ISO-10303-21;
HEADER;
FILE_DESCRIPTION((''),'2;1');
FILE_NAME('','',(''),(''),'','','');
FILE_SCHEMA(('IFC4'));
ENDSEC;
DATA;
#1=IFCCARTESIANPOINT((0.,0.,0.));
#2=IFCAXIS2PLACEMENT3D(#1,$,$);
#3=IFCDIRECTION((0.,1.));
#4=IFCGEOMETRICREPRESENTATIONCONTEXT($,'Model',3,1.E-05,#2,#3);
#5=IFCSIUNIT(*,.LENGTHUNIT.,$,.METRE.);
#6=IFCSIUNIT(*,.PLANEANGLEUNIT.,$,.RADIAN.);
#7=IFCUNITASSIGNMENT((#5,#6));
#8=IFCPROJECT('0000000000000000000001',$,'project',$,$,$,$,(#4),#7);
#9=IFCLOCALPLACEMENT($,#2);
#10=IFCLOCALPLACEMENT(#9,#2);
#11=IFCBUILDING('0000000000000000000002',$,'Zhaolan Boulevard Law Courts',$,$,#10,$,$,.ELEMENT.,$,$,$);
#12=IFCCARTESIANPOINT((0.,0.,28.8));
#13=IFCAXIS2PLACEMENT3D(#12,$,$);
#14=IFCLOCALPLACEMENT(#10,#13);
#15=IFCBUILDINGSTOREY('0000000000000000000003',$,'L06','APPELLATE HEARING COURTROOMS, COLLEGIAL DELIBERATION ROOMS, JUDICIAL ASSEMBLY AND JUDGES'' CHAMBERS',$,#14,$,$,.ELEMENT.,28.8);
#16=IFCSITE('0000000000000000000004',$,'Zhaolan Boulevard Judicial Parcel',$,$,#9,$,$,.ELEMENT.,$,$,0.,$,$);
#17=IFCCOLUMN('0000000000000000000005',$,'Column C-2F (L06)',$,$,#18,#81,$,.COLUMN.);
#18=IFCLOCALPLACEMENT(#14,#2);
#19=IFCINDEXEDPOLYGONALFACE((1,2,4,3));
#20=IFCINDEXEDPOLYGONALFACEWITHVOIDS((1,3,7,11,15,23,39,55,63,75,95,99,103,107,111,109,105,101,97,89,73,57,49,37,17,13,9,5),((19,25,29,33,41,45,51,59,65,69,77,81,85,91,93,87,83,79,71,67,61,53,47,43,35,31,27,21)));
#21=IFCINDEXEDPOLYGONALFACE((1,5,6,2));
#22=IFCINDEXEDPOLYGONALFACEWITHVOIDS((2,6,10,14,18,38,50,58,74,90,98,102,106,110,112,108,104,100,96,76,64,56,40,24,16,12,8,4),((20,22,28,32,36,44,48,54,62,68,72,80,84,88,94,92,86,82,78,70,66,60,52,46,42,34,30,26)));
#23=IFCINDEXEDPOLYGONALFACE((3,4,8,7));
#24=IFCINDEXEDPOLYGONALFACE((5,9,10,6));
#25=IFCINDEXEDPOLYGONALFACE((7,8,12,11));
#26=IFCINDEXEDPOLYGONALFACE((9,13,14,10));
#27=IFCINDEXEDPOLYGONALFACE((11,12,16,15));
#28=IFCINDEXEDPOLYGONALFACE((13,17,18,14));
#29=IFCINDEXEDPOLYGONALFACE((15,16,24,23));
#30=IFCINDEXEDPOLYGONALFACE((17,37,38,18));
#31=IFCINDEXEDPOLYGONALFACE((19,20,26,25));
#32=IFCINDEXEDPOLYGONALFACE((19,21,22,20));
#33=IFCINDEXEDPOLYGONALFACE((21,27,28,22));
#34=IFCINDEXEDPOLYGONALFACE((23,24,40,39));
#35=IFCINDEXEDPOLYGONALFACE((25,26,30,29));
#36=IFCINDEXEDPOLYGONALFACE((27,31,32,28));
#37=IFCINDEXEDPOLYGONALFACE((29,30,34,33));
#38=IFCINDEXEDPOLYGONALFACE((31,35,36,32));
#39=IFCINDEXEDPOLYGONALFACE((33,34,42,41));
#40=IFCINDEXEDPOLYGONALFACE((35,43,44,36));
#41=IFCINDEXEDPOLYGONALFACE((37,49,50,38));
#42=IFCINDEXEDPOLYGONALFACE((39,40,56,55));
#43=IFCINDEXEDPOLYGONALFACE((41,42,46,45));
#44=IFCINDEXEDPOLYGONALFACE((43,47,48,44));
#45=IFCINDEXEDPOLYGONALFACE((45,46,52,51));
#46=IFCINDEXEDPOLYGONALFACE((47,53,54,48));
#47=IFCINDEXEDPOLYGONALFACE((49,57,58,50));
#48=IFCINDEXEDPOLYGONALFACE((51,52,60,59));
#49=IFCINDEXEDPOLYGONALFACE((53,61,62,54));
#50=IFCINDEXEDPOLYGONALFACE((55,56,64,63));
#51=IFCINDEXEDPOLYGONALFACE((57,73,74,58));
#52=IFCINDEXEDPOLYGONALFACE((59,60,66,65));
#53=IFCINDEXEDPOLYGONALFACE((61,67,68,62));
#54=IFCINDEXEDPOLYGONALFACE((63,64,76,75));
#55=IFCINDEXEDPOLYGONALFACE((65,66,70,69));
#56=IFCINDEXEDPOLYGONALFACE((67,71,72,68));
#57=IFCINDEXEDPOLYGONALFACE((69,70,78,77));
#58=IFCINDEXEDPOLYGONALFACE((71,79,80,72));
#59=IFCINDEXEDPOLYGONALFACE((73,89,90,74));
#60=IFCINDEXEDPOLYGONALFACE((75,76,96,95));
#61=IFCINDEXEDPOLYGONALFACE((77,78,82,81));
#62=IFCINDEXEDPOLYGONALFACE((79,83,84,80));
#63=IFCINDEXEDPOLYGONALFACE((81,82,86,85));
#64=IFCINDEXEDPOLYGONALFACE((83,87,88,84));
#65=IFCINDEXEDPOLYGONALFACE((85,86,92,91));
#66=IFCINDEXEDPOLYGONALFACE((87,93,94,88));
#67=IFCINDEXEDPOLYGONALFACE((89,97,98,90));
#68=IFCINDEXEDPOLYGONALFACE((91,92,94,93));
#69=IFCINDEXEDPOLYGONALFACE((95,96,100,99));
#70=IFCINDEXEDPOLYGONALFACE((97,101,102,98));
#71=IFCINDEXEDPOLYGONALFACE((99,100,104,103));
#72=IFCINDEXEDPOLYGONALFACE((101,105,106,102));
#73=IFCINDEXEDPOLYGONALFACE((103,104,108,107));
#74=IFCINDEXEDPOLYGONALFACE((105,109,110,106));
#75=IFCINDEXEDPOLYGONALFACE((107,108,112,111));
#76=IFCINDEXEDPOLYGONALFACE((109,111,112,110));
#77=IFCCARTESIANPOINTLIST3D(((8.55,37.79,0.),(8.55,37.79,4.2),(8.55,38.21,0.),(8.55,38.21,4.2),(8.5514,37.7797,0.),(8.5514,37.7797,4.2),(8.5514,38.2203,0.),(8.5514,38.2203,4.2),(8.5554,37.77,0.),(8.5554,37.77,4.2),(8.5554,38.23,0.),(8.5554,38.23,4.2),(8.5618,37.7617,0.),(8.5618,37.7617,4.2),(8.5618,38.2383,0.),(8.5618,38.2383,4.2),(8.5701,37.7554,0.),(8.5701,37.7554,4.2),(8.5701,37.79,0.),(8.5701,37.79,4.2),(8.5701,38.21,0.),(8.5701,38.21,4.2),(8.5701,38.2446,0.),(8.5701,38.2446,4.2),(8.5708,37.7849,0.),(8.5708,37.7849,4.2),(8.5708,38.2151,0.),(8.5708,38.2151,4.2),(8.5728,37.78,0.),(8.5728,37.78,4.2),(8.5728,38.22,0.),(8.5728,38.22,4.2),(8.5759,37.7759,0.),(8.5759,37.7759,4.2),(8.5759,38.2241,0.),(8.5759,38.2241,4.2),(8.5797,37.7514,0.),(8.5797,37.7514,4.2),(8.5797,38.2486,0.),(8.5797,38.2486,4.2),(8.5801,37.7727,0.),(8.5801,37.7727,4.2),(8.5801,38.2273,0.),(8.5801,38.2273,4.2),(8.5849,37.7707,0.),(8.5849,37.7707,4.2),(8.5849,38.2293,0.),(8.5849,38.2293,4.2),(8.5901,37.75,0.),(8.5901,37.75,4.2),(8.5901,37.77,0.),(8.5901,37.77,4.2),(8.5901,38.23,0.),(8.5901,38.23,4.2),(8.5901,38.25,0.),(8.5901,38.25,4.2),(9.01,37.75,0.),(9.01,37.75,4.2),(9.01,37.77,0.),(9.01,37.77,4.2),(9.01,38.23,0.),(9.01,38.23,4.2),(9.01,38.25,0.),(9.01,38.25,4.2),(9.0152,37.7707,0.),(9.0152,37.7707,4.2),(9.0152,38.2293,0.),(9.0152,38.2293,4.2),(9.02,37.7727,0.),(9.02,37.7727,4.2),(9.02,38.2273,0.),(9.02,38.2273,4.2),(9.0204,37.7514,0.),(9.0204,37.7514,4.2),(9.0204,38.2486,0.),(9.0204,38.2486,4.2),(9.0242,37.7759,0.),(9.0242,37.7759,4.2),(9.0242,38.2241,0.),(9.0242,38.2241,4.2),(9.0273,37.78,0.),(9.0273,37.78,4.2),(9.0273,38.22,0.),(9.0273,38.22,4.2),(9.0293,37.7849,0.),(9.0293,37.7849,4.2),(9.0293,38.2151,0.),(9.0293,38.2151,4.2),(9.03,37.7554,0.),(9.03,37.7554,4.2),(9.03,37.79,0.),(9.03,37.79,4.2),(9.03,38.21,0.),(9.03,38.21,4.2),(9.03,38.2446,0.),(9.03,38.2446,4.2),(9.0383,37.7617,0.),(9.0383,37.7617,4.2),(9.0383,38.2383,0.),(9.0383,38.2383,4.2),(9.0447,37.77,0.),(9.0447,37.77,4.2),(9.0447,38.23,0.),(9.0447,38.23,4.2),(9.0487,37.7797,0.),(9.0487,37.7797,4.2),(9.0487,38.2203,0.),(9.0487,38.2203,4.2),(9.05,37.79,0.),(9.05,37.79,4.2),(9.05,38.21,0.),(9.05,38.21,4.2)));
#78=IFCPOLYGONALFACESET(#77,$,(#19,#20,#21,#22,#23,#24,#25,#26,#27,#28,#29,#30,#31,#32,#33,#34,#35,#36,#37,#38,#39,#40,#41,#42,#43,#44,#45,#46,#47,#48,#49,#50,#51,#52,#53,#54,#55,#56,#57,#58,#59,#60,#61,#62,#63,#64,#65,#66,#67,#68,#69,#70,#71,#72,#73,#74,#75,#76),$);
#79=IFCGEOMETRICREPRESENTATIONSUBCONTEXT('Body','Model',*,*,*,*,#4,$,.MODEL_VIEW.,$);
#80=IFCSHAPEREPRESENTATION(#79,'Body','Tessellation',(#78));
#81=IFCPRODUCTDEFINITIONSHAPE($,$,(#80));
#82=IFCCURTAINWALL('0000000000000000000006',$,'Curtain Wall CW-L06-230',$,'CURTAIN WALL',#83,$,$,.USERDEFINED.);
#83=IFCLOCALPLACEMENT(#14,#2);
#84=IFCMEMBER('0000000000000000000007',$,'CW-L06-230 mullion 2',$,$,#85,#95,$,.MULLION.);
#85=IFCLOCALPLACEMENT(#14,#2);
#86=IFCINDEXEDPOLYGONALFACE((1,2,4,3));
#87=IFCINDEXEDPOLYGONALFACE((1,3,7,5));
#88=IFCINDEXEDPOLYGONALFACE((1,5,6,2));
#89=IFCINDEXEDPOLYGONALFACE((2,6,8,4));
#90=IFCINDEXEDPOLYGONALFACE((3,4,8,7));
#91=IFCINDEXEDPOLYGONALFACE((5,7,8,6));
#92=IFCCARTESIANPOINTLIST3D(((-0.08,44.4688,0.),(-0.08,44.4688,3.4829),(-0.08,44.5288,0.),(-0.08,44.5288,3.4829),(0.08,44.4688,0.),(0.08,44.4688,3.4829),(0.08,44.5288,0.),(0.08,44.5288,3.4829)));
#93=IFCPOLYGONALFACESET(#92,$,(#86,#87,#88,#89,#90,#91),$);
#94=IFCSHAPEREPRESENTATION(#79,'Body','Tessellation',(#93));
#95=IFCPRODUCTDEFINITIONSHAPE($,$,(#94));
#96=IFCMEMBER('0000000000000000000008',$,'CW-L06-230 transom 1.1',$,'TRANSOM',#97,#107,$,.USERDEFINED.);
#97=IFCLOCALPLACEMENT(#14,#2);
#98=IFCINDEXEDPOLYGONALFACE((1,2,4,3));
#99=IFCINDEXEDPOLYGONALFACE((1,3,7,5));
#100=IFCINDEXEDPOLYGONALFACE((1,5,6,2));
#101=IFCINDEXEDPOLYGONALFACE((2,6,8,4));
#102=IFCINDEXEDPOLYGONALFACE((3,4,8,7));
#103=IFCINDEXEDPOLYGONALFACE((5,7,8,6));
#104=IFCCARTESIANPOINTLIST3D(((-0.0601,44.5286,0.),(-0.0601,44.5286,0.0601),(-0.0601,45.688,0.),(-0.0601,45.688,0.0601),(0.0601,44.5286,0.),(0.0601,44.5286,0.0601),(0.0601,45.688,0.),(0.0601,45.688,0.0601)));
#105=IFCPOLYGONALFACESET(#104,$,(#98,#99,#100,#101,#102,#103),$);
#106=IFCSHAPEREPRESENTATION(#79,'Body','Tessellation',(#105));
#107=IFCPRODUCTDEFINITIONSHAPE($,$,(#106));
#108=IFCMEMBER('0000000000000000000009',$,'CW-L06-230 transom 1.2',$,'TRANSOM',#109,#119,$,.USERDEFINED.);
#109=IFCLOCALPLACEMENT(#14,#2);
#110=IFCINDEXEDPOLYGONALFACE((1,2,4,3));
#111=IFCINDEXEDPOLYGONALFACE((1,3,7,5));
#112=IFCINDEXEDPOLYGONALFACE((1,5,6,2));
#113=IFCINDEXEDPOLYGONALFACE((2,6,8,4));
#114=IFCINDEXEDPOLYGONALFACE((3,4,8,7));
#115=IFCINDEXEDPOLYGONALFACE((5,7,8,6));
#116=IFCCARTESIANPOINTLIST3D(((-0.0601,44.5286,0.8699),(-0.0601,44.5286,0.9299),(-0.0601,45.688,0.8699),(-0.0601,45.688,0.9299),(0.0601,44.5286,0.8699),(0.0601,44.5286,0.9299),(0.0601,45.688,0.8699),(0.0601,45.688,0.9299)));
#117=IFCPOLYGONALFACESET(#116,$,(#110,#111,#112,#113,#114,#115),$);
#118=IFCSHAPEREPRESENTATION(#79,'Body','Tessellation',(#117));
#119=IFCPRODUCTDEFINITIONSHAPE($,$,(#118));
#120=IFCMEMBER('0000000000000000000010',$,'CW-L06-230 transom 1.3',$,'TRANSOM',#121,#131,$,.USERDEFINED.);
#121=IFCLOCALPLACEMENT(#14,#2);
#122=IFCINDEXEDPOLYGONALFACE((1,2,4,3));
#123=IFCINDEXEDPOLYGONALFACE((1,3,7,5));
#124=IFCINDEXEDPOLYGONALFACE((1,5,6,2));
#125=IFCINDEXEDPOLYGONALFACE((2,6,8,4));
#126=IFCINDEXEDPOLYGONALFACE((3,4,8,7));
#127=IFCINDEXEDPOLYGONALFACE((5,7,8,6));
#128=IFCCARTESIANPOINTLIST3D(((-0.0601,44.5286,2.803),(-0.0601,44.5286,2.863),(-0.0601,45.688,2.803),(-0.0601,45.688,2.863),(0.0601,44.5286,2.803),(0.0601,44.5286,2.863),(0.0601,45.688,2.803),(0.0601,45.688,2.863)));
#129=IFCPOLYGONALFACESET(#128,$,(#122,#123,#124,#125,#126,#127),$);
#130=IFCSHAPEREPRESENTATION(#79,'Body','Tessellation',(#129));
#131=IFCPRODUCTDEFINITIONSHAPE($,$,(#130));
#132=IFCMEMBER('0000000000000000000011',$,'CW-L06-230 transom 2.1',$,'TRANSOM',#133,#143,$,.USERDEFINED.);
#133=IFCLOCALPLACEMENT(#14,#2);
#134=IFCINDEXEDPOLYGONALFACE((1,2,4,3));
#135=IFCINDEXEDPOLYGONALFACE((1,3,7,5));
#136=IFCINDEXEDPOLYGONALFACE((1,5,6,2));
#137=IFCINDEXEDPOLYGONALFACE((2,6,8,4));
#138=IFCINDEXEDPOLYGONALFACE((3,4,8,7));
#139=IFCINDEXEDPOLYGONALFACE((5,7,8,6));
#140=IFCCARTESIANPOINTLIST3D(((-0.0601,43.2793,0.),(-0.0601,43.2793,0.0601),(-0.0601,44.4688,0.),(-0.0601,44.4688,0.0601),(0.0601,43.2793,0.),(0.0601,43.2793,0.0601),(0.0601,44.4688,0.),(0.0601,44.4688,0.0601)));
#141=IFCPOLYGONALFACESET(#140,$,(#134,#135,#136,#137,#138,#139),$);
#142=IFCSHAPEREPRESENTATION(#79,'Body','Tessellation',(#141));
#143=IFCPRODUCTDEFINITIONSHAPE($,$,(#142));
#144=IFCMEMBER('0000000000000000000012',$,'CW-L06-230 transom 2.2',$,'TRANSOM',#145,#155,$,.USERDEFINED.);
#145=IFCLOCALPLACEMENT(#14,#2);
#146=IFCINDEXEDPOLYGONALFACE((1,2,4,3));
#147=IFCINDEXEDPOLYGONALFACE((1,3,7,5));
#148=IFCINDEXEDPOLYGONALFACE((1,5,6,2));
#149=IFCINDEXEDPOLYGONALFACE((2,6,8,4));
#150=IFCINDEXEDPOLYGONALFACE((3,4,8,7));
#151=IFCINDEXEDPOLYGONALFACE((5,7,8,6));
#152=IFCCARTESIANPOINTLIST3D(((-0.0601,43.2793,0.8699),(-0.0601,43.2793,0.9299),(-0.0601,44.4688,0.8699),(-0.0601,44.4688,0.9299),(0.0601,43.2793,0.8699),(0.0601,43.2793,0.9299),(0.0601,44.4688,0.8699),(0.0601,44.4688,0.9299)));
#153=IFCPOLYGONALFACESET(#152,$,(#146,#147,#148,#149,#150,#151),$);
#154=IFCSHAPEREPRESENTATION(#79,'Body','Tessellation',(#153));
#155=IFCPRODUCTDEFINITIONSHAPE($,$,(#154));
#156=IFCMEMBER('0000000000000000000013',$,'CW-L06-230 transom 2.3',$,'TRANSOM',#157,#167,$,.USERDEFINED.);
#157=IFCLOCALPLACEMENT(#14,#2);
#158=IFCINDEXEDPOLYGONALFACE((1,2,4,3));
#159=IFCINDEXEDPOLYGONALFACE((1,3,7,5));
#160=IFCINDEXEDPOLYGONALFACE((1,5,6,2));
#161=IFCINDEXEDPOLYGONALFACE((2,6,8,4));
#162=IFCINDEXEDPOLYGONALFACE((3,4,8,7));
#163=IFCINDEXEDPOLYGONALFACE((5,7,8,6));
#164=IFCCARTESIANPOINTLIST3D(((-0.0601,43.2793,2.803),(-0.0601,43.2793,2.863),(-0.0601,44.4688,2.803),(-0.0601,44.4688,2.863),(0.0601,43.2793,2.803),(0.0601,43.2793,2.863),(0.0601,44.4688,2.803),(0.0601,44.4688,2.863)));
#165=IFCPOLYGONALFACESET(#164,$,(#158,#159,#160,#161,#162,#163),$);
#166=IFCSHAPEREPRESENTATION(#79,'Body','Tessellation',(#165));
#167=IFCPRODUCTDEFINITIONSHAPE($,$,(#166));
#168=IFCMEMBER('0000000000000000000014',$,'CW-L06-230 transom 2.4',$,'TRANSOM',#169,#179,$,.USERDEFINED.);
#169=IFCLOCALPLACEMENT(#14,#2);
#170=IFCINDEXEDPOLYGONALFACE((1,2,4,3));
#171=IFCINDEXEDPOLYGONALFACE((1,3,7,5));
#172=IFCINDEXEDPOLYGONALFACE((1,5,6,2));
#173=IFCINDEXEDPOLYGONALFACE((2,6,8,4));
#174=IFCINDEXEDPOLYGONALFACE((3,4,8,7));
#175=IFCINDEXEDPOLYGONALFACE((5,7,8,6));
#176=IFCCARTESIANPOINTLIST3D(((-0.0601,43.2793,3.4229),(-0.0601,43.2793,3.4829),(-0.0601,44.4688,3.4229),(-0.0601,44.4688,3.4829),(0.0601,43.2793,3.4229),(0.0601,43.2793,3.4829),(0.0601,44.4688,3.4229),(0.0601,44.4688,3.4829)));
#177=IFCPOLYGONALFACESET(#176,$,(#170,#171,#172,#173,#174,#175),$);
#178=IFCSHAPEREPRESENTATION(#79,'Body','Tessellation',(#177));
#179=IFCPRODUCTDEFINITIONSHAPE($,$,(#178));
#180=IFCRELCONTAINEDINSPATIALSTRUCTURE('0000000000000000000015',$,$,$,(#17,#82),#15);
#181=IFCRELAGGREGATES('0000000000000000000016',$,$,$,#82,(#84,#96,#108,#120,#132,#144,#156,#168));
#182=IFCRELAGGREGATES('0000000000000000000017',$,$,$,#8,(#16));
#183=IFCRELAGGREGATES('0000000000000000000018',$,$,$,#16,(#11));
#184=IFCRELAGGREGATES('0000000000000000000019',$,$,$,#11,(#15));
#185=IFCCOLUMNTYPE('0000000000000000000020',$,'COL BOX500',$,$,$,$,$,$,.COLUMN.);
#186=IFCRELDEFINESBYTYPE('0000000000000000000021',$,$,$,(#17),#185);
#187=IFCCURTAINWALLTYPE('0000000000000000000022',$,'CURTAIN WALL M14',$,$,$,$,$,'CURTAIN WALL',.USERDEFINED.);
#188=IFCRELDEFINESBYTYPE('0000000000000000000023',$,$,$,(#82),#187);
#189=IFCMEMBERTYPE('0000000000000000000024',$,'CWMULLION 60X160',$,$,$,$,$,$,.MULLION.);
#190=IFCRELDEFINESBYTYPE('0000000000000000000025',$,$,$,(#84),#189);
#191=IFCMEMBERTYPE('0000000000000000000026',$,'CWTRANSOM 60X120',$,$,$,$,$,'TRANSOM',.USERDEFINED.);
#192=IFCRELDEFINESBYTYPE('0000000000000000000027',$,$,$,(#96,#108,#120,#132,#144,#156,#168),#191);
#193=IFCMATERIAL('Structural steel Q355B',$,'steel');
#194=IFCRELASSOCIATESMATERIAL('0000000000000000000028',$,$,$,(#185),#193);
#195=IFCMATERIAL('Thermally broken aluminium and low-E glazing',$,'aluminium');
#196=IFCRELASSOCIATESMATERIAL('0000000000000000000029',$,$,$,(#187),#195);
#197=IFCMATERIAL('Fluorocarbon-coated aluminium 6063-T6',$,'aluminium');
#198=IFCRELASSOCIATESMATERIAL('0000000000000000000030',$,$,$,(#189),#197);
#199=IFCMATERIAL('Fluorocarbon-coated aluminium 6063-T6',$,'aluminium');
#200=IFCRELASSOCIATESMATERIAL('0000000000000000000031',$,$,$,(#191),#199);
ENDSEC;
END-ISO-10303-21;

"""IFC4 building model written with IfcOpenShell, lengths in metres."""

from ifc_helpers import new_model, si_unit, direction, frame, origin, origin_2d, place, context, subcontext, project, spatial, rectangle, hollow_rectangle, extrude, material, material_profile, profile_set, type_object, element, aggregate, save


model = new_model("IFC4")

# Units and contexts
model_context = context("Model", 3, precision=1e-05, world=origin(), true_north=direction((0.0, 1.0)))
body_context = subcontext(model_context, "Body", "Model", "MODEL_VIEW")
ifc_project = project(units=[si_unit("LENGTHUNIT", "METRE"), si_unit("PLANEANGLEUNIT", "RADIAN")], contexts=[model_context])

# Site, building, storey
site_placement = place(None, origin())
site = spatial("IfcSite", under=ifc_project, at=site_placement, Name="Zhaolan Boulevard Judicial Parcel", CompositionType="ELEMENT", RefElevation=0.0)
building_placement = place(site_placement, origin())
building = spatial("IfcBuilding", under=site, at=building_placement, Name="Zhaolan Boulevard Law Courts", CompositionType="ELEMENT")
storey_placement = place(building_placement, frame((0.0, 0.0, 28.8)))
storey = spatial("IfcBuildingStorey", under=building, at=storey_placement, Name="L06", Description="APPELLATE HEARING COURTROOMS, COLLEGIAL DELIBERATION ROOMS, JUDICIAL ASSEMBLY AND JUDGES' CHAMBERS", CompositionType="ELEMENT", Elevation=28.8)

# Column
ifc_material_1 = material(Name="Structural steel Q355B", Category="steel")
ifc_material_profile_1 = material_profile(ifc_material_1, hollow_rectangle(XDim=0.5, YDim=0.5, WallThickness=0.02, InnerFilletRadius=0.02, OuterFilletRadius=0.04, at=origin_2d()), Name="BOX500x500x20")
ifc_profile_set_1 = profile_set([ifc_material_profile_1], Name="Structural steel Q355B")
column_type = type_object("IfcColumnType", Name="COL BOX500", PredefinedType="COLUMN", material=ifc_profile_set_1)
column_placement = place(storey_placement, frame((8.8, 38.0, 0.0), z_axis=(0.0, 0.0, 1.0), x_axis=(1.0, 0.0, 0.0)))
element("IfcColumn", 1, at=column_placement, inside=storey, type_object=column_type, Name="Column C-2F (L06)", PredefinedType="COLUMN", context=body_context, shape_type="SweptSolid", body=[
    extrude(hollow_rectangle(XDim=0.5, YDim=0.5, WallThickness=0.02, InnerFilletRadius=0.02, OuterFilletRadius=0.04, at=origin_2d()), origin(), (0.0, 0.0, 1.0), 4.2),
])

# Curtain wall, members
ifc_material_2 = material(Name="Thermally broken aluminium and low-E glazing", Category="aluminium")
curtain_wall_type = type_object("IfcCurtainWallType", Name="CURTAIN WALL M14", ElementType="CURTAIN WALL", PredefinedType="USERDEFINED", material=ifc_material_2)
curtain_wall_placement = place(storey_placement, origin())
curtain_wall = element("IfcCurtainWall", 2, at=curtain_wall_placement, inside=storey, type_object=curtain_wall_type, Name="Curtain Wall CW-L06-230", ObjectType="CURTAIN WALL", PredefinedType="USERDEFINED")
ifc_material_3 = material(Name="Fluorocarbon-coated aluminium 6063-T6", Category="aluminium")
ifc_material_profile_2 = material_profile(ifc_material_3, rectangle(XDim=0.1599, YDim=0.0601, at=origin_2d()), Name="AL60x160")
ifc_profile_set_2 = profile_set([ifc_material_profile_2], Name="Fluorocarbon-coated aluminium 6063-T6")
member_type_1 = type_object("IfcMemberType", Name="CWMULLION 60X160", PredefinedType="MULLION", material=ifc_profile_set_2)
member_1_placement = place(storey_placement, frame((0.0, 44.4988, 0.0), z_axis=(0.0, 0.0, 1.0), x_axis=(1.0, 0.0, 0.0)))
member_1 = element("IfcMember", 3, at=member_1_placement, type_object=member_type_1, Name="CW-L06-230 mullion 2", PredefinedType="MULLION", context=body_context, shape_type="SweptSolid", body=[
    extrude(rectangle(XDim=0.1599, YDim=0.0601, at=origin_2d()), origin(), (0.0, 0.0, 1.0), 3.4829),
])
ifc_material_4 = material(Name="Fluorocarbon-coated aluminium 6063-T6", Category="aluminium")
ifc_material_profile_3 = material_profile(ifc_material_4, rectangle(XDim=0.1201, YDim=0.0601, at=origin_2d()), Name="AL60x120")
ifc_profile_set_3 = profile_set([ifc_material_profile_3], Name="Fluorocarbon-coated aluminium 6063-T6")
member_type_2 = type_object("IfcMemberType", Name="CWTRANSOM 60X120", ElementType="TRANSOM", PredefinedType="USERDEFINED", material=ifc_profile_set_3)
member_2_placement = place(storey_placement, frame((0.0, 45.688, 0.03), z_axis=(0.0, -1.0, 0.0), x_axis=(1.0, 0.0, 0.0)))
member_2 = element("IfcMember", 4, at=member_2_placement, type_object=member_type_2, Name="CW-L06-230 transom 1.1", ObjectType="TRANSOM", PredefinedType="USERDEFINED", context=body_context, shape_type="SweptSolid", body=[
    extrude(rectangle(XDim=0.1201, YDim=0.0601, at=origin_2d()), origin(), (0.0, 0.0, 1.0), 1.1594),
])
member_3_placement = place(storey_placement, frame((0.0, 45.688, 0.8999), z_axis=(0.0, -1.0, 0.0), x_axis=(1.0, 0.0, 0.0)))
member_3 = element("IfcMember", 5, at=member_3_placement, type_object=member_type_2, Name="CW-L06-230 transom 1.2", ObjectType="TRANSOM", PredefinedType="USERDEFINED", context=body_context, shape_type="SweptSolid", body=[
    extrude(rectangle(XDim=0.1201, YDim=0.0601, at=origin_2d()), origin(), (0.0, 0.0, 1.0), 1.1594),
])
member_4_placement = place(storey_placement, frame((0.0, 45.688, 2.833), z_axis=(0.0, -1.0, 0.0), x_axis=(1.0, 0.0, 0.0)))
member_4 = element("IfcMember", 6, at=member_4_placement, type_object=member_type_2, Name="CW-L06-230 transom 1.3", ObjectType="TRANSOM", PredefinedType="USERDEFINED", context=body_context, shape_type="SweptSolid", body=[
    extrude(rectangle(XDim=0.1201, YDim=0.0601, at=origin_2d()), origin(), (0.0, 0.0, 1.0), 1.1594),
])
member_5_placement = place(storey_placement, frame((0.0, 44.4688, 0.03), z_axis=(0.0, -1.0, 0.0), x_axis=(1.0, 0.0, 0.0)))
member_5 = element("IfcMember", 7, at=member_5_placement, type_object=member_type_2, Name="CW-L06-230 transom 2.1", ObjectType="TRANSOM", PredefinedType="USERDEFINED", context=body_context, shape_type="SweptSolid", body=[
    extrude(rectangle(XDim=0.1201, YDim=0.0601, at=origin_2d()), origin(), (0.0, 0.0, 1.0), 1.1895),
])
member_6_placement = place(storey_placement, frame((0.0, 44.4688, 0.8999), z_axis=(0.0, -1.0, 0.0), x_axis=(1.0, 0.0, 0.0)))
member_6 = element("IfcMember", 8, at=member_6_placement, type_object=member_type_2, Name="CW-L06-230 transom 2.2", ObjectType="TRANSOM", PredefinedType="USERDEFINED", context=body_context, shape_type="SweptSolid", body=[
    extrude(rectangle(XDim=0.1201, YDim=0.0601, at=origin_2d()), origin(), (0.0, 0.0, 1.0), 1.1895),
])
member_7_placement = place(storey_placement, frame((0.0, 44.4688, 2.833), z_axis=(0.0, -1.0, 0.0), x_axis=(1.0, 0.0, 0.0)))
member_7 = element("IfcMember", 9, at=member_7_placement, type_object=member_type_2, Name="CW-L06-230 transom 2.3", ObjectType="TRANSOM", PredefinedType="USERDEFINED", context=body_context, shape_type="SweptSolid", body=[
    extrude(rectangle(XDim=0.1201, YDim=0.0601, at=origin_2d()), origin(), (0.0, 0.0, 1.0), 1.1895),
])
member_8_placement = place(storey_placement, frame((0.0, 44.4688, 3.4529), z_axis=(0.0, -1.0, 0.0), x_axis=(1.0, 0.0, 0.0)))
member_8 = element("IfcMember", 10, at=member_8_placement, type_object=member_type_2, Name="CW-L06-230 transom 2.4", ObjectType="TRANSOM", PredefinedType="USERDEFINED", context=body_context, shape_type="SweptSolid", body=[
    extrude(rectangle(XDim=0.1201, YDim=0.0601, at=origin_2d()), origin(), (0.0, 0.0, 1.0), 1.1895),
])

aggregate(curtain_wall, [member_1, member_2, member_3, member_4, member_5, member_6, member_7, member_8])

save(model, "model.ifc")
